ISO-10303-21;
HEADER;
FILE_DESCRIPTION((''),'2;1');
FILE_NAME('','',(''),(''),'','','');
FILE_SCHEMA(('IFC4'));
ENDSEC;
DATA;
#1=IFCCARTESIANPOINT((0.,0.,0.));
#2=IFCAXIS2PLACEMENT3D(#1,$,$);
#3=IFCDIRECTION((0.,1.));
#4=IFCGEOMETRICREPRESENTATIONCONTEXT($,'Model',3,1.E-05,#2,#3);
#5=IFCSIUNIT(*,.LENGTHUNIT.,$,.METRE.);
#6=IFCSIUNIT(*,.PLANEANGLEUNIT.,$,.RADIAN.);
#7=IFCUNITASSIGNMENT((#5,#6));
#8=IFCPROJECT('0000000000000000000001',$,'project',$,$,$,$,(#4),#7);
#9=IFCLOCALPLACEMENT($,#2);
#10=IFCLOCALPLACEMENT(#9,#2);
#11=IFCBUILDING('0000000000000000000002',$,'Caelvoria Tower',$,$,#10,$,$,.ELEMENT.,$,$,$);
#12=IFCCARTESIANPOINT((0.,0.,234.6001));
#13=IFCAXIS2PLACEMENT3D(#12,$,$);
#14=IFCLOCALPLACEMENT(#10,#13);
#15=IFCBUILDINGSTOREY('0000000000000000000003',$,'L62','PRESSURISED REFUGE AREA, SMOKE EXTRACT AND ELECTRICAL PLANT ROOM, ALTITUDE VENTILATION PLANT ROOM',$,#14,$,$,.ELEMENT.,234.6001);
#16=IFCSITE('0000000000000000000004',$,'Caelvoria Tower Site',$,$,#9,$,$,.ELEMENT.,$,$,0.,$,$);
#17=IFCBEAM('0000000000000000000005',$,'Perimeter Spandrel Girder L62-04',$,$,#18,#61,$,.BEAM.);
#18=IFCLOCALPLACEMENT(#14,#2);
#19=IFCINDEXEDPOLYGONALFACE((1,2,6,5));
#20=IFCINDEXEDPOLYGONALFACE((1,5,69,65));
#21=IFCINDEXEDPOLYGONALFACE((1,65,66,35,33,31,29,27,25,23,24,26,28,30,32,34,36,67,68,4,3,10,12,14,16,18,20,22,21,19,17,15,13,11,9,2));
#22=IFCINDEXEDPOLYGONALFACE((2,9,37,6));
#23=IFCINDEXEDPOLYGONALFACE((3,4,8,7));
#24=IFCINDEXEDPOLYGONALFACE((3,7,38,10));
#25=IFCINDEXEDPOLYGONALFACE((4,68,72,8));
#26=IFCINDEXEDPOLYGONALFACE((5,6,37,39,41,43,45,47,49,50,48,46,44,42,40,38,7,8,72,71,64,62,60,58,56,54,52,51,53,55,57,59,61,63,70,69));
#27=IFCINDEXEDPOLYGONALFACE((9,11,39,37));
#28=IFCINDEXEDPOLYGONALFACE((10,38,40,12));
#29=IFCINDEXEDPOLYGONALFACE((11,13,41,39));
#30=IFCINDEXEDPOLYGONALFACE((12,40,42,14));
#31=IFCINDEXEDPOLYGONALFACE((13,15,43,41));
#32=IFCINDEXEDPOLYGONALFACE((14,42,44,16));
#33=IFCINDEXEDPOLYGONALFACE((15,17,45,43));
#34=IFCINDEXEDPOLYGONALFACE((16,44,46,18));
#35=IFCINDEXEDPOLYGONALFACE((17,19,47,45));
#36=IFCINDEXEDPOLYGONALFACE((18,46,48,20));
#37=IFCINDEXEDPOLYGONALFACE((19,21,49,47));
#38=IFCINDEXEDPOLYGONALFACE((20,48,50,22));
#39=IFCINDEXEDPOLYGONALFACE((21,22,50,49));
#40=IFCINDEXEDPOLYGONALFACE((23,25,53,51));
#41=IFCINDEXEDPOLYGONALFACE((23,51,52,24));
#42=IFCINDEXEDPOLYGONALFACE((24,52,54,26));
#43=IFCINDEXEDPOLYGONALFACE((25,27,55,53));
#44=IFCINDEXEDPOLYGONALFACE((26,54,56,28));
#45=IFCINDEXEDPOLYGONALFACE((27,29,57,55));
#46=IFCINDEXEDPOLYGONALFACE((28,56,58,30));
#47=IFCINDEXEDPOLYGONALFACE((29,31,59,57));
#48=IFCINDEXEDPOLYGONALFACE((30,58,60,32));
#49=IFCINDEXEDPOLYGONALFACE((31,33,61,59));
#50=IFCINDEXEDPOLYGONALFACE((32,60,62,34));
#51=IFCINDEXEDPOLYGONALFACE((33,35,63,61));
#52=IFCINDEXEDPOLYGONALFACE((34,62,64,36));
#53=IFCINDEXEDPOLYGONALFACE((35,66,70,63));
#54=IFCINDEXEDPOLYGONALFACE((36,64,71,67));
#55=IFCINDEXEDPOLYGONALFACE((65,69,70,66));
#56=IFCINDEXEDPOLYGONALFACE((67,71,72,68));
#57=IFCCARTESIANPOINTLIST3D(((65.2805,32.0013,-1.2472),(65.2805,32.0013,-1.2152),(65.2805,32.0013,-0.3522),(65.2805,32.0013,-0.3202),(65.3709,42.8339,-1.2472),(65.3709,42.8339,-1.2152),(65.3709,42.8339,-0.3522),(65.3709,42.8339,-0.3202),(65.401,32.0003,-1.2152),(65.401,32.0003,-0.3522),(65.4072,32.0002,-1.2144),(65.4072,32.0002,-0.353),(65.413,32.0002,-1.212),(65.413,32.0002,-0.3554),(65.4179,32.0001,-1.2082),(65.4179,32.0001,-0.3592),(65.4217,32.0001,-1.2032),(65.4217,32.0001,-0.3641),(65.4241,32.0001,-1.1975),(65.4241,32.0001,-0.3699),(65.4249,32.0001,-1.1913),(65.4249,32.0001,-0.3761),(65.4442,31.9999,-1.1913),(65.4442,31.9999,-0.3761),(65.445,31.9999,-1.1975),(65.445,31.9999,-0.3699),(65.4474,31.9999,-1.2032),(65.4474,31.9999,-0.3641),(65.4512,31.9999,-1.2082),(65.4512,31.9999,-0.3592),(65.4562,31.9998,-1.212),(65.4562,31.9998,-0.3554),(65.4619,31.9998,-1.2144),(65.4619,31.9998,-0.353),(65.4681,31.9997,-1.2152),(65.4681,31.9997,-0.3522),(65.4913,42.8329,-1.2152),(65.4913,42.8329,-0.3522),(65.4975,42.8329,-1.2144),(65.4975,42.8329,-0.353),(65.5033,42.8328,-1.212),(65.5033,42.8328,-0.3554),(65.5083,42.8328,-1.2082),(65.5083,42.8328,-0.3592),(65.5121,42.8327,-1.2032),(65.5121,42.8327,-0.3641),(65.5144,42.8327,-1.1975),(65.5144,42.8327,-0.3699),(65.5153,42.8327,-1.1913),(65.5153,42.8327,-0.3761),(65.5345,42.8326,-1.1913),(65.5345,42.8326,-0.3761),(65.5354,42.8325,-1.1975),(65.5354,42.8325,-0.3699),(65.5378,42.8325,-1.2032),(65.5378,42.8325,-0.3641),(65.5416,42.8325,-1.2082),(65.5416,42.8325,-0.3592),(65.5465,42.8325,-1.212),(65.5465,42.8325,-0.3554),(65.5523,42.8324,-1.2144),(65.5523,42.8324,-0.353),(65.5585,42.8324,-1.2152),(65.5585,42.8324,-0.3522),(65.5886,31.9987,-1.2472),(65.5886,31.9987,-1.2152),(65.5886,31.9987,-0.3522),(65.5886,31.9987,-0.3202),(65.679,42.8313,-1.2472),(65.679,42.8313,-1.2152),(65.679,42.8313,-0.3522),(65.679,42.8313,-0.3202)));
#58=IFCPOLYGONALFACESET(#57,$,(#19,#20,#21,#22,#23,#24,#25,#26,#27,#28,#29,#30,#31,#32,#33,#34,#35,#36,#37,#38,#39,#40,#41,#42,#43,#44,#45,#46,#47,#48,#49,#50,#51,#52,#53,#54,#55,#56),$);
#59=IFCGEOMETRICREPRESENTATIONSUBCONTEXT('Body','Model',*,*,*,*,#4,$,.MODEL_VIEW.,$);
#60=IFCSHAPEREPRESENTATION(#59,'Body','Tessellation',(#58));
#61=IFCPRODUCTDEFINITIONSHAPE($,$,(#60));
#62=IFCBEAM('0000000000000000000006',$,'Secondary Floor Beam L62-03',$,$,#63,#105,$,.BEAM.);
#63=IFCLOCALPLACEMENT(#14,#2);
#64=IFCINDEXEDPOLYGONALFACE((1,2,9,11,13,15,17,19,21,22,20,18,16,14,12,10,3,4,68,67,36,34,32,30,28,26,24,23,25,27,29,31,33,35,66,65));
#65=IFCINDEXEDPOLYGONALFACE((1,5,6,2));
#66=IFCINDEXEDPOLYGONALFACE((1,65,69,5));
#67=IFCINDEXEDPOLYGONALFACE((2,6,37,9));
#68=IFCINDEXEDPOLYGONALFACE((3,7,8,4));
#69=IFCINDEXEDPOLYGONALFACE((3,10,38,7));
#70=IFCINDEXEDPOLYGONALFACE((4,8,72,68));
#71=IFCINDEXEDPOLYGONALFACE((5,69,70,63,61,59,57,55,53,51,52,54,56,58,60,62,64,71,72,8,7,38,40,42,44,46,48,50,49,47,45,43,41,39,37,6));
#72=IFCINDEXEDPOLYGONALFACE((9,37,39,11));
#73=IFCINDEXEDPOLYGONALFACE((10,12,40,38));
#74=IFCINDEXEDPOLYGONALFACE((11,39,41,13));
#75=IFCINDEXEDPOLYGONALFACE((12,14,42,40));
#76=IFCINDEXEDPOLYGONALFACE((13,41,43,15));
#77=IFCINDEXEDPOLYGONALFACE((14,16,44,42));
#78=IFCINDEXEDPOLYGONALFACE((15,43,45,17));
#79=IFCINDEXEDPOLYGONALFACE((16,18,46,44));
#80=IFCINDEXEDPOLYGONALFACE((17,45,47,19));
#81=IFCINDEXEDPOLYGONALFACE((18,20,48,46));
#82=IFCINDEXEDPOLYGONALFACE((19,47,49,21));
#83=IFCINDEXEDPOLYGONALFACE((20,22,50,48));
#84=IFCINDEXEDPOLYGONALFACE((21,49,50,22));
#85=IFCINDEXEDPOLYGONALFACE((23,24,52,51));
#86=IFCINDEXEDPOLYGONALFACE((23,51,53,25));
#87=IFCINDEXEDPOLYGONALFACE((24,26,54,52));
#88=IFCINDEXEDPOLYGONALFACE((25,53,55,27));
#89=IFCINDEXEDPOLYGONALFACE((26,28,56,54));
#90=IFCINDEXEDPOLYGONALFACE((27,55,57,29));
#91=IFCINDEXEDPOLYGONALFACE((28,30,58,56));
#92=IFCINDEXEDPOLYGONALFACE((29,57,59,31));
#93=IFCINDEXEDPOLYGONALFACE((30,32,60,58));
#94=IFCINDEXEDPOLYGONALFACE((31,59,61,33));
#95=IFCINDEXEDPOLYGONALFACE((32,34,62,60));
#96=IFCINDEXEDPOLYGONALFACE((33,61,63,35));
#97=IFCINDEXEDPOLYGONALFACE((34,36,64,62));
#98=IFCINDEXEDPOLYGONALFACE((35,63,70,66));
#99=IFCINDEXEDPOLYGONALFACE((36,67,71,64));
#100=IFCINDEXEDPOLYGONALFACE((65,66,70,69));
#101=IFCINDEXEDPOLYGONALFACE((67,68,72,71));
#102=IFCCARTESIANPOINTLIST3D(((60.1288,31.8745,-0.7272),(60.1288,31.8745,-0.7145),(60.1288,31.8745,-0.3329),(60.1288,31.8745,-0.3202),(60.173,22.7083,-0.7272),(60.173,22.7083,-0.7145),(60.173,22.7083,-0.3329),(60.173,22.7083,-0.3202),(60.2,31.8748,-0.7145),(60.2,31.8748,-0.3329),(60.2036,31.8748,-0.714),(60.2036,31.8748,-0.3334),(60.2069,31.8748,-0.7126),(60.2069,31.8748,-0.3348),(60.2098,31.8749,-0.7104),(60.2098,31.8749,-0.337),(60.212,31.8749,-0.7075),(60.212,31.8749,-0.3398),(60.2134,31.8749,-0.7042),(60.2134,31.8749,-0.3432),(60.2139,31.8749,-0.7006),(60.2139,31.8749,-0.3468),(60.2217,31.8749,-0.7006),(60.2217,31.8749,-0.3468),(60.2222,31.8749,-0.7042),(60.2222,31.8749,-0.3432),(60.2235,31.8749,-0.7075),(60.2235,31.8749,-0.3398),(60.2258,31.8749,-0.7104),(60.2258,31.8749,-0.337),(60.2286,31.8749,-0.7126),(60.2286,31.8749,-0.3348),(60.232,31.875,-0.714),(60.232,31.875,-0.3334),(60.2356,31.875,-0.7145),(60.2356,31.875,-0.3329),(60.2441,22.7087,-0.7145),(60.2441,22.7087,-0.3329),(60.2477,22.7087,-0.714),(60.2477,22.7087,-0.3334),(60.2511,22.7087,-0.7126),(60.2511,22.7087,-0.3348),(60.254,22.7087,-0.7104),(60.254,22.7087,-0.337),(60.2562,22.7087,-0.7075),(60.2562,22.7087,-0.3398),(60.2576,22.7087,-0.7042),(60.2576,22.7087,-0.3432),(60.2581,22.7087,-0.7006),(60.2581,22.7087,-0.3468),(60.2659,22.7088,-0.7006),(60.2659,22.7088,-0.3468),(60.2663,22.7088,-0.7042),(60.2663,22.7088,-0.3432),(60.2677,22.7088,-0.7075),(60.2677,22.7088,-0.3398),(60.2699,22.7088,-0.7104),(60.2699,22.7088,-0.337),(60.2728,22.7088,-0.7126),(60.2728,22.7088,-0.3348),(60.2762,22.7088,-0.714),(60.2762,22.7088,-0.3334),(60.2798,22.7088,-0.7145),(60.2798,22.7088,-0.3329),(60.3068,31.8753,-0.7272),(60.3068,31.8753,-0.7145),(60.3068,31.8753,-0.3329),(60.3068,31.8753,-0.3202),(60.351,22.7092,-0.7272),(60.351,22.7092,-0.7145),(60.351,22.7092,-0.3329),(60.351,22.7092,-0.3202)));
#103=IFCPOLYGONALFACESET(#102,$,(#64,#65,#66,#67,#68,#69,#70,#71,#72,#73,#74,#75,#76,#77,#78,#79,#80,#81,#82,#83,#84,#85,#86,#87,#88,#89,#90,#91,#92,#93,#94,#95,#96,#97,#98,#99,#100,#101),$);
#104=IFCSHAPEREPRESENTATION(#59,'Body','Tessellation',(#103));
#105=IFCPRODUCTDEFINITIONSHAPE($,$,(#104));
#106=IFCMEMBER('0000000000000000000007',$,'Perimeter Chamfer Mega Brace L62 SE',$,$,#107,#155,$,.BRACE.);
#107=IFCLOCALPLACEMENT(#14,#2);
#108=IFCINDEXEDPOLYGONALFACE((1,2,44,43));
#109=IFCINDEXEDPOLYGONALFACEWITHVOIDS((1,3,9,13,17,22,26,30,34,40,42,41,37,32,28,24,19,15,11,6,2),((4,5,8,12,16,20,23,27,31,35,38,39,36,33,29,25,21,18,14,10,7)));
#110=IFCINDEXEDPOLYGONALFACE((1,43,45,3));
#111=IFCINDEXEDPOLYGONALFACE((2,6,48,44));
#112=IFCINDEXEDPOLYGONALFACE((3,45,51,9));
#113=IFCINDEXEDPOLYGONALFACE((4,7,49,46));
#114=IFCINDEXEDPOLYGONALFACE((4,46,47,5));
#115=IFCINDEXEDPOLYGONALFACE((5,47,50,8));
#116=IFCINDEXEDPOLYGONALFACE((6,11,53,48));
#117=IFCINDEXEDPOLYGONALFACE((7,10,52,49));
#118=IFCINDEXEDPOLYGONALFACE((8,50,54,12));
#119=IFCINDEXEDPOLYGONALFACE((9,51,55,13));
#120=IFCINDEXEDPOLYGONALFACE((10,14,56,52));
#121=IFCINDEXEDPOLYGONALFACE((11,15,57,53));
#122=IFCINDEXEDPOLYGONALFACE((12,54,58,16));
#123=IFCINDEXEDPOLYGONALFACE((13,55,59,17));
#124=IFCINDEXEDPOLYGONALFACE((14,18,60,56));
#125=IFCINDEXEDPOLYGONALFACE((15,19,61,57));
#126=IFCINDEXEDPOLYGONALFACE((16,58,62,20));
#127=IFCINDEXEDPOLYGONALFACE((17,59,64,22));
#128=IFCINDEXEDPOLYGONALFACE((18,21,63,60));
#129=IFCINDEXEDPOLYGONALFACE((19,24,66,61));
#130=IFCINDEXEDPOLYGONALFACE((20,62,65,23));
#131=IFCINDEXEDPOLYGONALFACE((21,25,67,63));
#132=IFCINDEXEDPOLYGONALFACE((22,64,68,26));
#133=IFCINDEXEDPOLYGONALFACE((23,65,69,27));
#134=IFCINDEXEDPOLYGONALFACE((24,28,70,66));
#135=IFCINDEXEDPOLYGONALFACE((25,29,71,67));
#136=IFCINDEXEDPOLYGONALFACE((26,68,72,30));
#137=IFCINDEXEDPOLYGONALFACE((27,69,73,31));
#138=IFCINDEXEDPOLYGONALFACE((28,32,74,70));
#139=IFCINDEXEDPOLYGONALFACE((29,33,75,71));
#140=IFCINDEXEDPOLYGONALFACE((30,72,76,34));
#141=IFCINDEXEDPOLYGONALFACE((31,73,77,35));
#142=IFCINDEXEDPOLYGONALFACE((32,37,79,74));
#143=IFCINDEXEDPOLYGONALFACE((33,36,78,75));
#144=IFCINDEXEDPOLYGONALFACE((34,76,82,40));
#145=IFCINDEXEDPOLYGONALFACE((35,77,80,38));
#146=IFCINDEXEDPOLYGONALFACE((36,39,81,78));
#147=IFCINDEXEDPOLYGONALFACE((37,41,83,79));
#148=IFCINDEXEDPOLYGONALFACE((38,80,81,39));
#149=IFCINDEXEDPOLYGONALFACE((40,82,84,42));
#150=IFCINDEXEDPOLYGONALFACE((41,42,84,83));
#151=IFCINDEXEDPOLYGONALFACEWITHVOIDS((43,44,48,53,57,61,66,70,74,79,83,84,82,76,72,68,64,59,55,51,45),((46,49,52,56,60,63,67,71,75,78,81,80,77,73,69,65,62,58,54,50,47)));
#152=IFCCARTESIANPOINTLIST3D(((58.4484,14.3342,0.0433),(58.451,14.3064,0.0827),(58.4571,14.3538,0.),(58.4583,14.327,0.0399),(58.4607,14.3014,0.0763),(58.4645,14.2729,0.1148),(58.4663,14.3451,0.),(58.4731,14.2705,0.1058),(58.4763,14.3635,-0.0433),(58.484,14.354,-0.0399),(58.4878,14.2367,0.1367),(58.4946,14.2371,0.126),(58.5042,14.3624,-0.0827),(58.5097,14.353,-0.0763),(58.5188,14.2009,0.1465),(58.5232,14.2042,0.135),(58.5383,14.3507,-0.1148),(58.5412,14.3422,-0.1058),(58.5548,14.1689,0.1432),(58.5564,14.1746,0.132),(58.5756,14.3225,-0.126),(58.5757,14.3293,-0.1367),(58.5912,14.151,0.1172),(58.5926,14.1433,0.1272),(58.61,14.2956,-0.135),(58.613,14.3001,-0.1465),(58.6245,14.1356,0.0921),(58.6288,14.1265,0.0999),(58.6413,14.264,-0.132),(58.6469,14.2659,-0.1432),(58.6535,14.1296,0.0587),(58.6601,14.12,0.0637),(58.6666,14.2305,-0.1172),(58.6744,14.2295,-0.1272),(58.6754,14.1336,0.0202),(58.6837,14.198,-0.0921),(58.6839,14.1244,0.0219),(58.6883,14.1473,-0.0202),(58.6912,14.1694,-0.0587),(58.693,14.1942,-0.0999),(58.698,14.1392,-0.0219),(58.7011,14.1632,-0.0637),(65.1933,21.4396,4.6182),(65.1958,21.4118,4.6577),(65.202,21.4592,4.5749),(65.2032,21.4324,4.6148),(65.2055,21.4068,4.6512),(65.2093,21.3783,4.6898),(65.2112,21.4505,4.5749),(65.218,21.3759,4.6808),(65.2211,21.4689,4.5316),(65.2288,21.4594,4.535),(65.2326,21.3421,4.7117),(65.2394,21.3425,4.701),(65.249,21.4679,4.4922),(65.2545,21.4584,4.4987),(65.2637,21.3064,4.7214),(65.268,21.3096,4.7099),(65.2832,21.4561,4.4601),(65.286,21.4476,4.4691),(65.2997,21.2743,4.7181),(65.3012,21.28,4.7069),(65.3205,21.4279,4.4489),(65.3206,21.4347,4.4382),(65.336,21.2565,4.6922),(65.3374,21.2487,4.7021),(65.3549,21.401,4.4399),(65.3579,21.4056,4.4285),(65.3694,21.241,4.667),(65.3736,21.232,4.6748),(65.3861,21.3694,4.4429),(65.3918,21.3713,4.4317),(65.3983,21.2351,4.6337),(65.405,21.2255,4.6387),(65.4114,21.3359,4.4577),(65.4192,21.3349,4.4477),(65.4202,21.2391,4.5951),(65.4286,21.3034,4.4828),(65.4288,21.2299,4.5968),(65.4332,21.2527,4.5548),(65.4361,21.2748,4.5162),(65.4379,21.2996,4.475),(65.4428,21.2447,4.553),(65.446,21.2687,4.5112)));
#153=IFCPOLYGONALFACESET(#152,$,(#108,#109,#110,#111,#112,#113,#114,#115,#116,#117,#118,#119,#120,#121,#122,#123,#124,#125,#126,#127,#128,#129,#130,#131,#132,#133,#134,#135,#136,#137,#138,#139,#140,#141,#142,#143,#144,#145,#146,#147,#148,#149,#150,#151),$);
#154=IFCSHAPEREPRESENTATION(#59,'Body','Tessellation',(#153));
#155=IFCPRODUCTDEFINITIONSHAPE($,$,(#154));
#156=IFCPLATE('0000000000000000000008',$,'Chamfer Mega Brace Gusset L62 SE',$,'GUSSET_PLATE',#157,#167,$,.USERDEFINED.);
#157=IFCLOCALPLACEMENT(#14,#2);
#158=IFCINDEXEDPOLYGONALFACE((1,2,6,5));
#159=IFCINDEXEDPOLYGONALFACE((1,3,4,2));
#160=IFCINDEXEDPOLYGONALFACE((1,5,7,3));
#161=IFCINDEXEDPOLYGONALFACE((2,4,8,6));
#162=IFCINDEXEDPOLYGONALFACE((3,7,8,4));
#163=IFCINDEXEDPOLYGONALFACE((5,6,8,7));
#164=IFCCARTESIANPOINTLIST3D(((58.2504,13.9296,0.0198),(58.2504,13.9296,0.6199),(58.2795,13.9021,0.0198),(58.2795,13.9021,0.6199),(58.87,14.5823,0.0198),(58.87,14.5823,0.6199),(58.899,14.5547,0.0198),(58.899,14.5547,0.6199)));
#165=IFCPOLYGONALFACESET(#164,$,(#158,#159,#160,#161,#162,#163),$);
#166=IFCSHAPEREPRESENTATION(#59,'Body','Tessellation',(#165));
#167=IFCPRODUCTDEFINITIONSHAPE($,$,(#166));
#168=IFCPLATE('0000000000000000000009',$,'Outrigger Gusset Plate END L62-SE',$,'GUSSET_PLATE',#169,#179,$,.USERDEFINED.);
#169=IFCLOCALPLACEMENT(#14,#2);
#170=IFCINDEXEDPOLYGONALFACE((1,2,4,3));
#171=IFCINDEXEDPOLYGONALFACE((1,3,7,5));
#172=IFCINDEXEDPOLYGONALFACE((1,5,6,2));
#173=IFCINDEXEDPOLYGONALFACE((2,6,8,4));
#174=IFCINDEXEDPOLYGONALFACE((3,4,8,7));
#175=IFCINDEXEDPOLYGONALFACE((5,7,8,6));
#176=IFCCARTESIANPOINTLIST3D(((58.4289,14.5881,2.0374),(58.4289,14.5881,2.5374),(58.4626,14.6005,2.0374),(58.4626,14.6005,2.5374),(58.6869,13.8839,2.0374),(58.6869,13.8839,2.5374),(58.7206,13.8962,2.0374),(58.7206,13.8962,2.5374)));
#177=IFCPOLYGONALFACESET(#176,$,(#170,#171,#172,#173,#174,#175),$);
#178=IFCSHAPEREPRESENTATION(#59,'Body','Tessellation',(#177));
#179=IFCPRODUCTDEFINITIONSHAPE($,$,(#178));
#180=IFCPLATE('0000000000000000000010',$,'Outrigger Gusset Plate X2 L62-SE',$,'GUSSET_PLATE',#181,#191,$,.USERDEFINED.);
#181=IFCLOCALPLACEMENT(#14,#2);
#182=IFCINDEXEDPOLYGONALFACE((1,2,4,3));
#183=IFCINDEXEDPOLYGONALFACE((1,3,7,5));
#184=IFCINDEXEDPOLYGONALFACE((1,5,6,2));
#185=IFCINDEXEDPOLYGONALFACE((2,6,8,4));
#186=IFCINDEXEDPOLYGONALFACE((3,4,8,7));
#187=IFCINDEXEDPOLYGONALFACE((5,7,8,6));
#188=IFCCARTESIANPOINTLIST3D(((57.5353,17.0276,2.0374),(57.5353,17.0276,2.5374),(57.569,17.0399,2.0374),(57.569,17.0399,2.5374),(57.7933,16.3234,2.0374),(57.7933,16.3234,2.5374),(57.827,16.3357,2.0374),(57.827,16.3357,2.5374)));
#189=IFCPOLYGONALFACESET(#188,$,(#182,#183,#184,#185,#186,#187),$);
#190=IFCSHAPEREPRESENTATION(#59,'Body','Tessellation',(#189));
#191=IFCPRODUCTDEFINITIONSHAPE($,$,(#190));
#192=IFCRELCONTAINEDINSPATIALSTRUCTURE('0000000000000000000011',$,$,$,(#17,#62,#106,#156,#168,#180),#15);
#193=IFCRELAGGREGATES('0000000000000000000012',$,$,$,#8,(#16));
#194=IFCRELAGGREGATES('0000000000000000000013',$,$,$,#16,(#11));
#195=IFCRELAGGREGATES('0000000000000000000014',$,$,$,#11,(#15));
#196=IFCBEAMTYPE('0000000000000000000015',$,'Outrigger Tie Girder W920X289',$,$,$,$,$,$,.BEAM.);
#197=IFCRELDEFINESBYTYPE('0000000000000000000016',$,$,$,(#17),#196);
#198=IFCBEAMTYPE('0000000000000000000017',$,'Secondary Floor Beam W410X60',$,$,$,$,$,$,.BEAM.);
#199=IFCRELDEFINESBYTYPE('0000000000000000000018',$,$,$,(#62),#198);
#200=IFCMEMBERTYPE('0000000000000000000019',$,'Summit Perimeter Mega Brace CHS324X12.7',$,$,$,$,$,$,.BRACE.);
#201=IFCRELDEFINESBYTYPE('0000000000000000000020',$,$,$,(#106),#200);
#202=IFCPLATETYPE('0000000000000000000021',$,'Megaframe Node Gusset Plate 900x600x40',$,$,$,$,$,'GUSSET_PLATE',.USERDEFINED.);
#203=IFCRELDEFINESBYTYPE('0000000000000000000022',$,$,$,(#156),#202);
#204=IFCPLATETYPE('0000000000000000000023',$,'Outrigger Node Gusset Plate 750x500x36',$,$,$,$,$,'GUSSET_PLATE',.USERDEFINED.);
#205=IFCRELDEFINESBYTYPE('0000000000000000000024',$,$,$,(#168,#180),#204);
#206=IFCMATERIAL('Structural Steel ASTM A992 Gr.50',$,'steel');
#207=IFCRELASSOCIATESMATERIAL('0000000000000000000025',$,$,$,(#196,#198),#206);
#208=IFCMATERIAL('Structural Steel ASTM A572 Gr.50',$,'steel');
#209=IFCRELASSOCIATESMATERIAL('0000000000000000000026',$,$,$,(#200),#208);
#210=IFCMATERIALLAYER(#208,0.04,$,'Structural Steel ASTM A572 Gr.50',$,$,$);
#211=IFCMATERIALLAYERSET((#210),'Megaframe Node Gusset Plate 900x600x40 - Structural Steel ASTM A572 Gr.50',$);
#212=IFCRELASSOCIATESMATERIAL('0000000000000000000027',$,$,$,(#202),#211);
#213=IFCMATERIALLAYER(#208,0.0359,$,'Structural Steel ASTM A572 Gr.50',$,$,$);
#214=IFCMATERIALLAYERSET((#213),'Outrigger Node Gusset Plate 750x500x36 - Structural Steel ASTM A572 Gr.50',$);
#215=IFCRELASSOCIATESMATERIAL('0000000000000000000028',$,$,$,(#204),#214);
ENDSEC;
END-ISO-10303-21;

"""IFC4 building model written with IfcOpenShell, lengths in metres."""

from ifc_helpers import new_model, si_unit, direction, frame, origin, origin_2d, place, context, subcontext, project, spatial, rectangle, hollow_circle, i_section, extrude, material, layer, layer_set, material_profile, profile_set, type_object, element, save


model = new_model("IFC4")

# Units and contexts
model_context = context("Model", 3, precision=1e-05, world=origin(), true_north=direction((0.0, 1.0)))
body_context = subcontext(model_context, "Body", "Model", "MODEL_VIEW")
ifc_project = project(units=[si_unit("LENGTHUNIT", "METRE"), si_unit("PLANEANGLEUNIT", "RADIAN")], contexts=[model_context])

# Site, building, storey
site_placement = place(None, origin())
site = spatial("IfcSite", under=ifc_project, at=site_placement, Name="Caelvoria Tower Site", CompositionType="ELEMENT", RefElevation=0.0)
building_placement = place(site_placement, origin())
building = spatial("IfcBuilding", under=site, at=building_placement, Name="Caelvoria Tower", CompositionType="ELEMENT")
storey_placement = place(building_placement, frame((0.0, 0.0, 234.6001)))
storey = spatial("IfcBuildingStorey", under=building, at=storey_placement, Name="L62", Description="PRESSURISED REFUGE AREA, SMOKE EXTRACT AND ELECTRICAL PLANT ROOM, ALTITUDE VENTILATION PLANT ROOM", CompositionType="ELEMENT", Elevation=234.6001)

# Shared definitions
ifc_material_1 = material(Name="Structural Steel ASTM A572 Gr.50", Category="steel")
ifc_material_2 = material(Name="Structural Steel ASTM A992 Gr.50", Category="steel")

# Beams
ifc_material_profile_1 = material_profile(ifc_material_2, i_section(OverallWidth=0.3081, OverallDepth=0.927, WebThickness=0.0193, FlangeThickness=0.032, FilletRadius=0.0239, at=origin_2d()), Name="Structural Steel ASTM A992 Gr.50")
ifc_profile_set_1 = profile_set([ifc_material_profile_1], Name="W920X289 - Structural Steel ASTM A992 Gr.50")
beam_type_1 = type_object("IfcBeamType", Name="Outrigger Tie Girder W920X289", PredefinedType="BEAM", material=ifc_profile_set_1)
for number, where, z_axis, x_axis, name in (
    (1, (65.4346, 32.0, -0.7837), (0.008339, 0.999965, 0.0), (-0.999965, 0.008339, 0.0), "Perimeter Spandrel Girder L62-04"),
):
    element("IfcBeam", number, at=place(storey_placement, frame(where, z_axis=z_axis, x_axis=x_axis)), inside=storey, type_object=beam_type_1, Name=name, PredefinedType="BEAM", context=body_context, shape_type="SweptSolid", body=[
        extrude(i_section(OverallWidth=0.3081, OverallDepth=0.927, WebThickness=0.0193, FlangeThickness=0.032, FilletRadius=0.0239, at=origin_2d()), origin(), (0.0, 0.0, 1.0), 10.833),
    ])
ifc_material_profile_2 = material_profile(ifc_material_2, i_section(OverallWidth=0.178, OverallDepth=0.407, WebThickness=0.0078, FlangeThickness=0.0127, FilletRadius=0.0139, at=origin_2d()), Name="Structural Steel ASTM A992 Gr.50")
ifc_profile_set_2 = profile_set([ifc_material_profile_2], Name="W410X60 - Structural Steel ASTM A992 Gr.50")
beam_type_2 = type_object("IfcBeamType", Name="Secondary Floor Beam W410X60", PredefinedType="BEAM", material=ifc_profile_set_2)
beam_1_placement = place(storey_placement, frame((60.262, 22.7087, -0.5237), z_axis=(-0.004821, 0.999988, 0.0), x_axis=(-0.999988, -0.004821, 0.0)))
element("IfcBeam", 2, at=beam_1_placement, inside=storey, type_object=beam_type_2, Name="Secondary Floor Beam L62-03", PredefinedType="BEAM", context=body_context, shape_type="SweptSolid", body=[
    extrude(i_section(OverallWidth=0.178, OverallDepth=0.407, WebThickness=0.0078, FlangeThickness=0.0127, FilletRadius=0.0139, at=origin_2d()), origin(), (0.0, 0.0, 1.0), 9.1663),
])

# Member
ifc_material_profile_3 = material_profile(ifc_material_1, hollow_circle(Radius=0.1621, WallThickness=0.0127, at=origin_2d()), Name="Structural Steel ASTM A572 Gr.50")
ifc_profile_set_3 = profile_set([ifc_material_profile_3], Name="CHS324X12.7 - Structural Steel ASTM A572 Gr.50")
member_type_1 = type_object("IfcMemberType", Name="Summit Perimeter Mega Brace CHS324X12.7", PredefinedType="BRACE", material=ifc_profile_set_3)
member_1_placement = place(storey_placement, frame((58.5747, 14.2422, 0.0), z_axis=(0.623801, 0.65715, 0.423115), x_axis=(-0.725271, 0.688464, 0.0)))
element("IfcMember", 3, at=member_1_placement, inside=storey, type_object=member_type_1, Name="Perimeter Chamfer Mega Brace L62 SE", PredefinedType="BRACE", context=body_context, shape_type="SweptSolid", body=[
    extrude(hollow_circle(Radius=0.1621, WallThickness=0.0127, at=origin_2d()), origin(), (0.0, 0.0, 1.0), 10.8125),
])

# Plates
ifc_layer_1 = layer(ifc_material_1, 0.04, Name="Structural Steel ASTM A572 Gr.50")
ifc_layer_set_1 = layer_set([ifc_layer_1], Name="Megaframe Node Gusset Plate 900x600x40 - Structural Steel ASTM A572 Gr.50")
plate_type_1 = type_object("IfcPlateType", Name="Megaframe Node Gusset Plate 900x600x40", ElementType="GUSSET_PLATE", PredefinedType="USERDEFINED", material=ifc_layer_set_1)
plate_placement = place(storey_placement, frame((58.5747, 14.2422, 0.0198), z_axis=(0.0, 0.0, 1.0), x_axis=(0.688453, 0.725281, 0.0)))
element("IfcPlate", 4, at=plate_placement, inside=storey, type_object=plate_type_1, Name="Chamfer Mega Brace Gusset L62 SE", ObjectType="GUSSET_PLATE", PredefinedType="USERDEFINED", context=body_context, shape_type="SweptSolid", body=[
    extrude(rectangle(XDim=0.8999, YDim=0.04, at=origin_2d()), origin(), (0.0, 0.0, 1.0), 0.6001),
])
ifc_layer_2 = layer(ifc_material_1, 0.0359, Name="Structural Steel ASTM A572 Gr.50")
ifc_layer_set_2 = layer_set([ifc_layer_2], Name="Outrigger Node Gusset Plate 750x500x36 - Structural Steel ASTM A572 Gr.50")
plate_type_2 = type_object("IfcPlateType", Name="Outrigger Node Gusset Plate 750x500x36", ElementType="GUSSET_PLATE", PredefinedType="USERDEFINED", material=ifc_layer_set_2)
for number, where, z_axis, x_axis, name in (
    (5, (58.5747, 14.2422, 2.0374), (0.0, 0.0, 1.0), (0.343992, -0.938972, 0.0), "Outrigger Gusset Plate END L62-SE"),
    (6, (57.6812, 16.6816, 2.0374), (0.0, 0.0, 1.0), (0.343992, -0.938972, 0.0), "Outrigger Gusset Plate X2 L62-SE"),
):
    element("IfcPlate", number, at=place(storey_placement, frame(where, z_axis=z_axis, x_axis=x_axis)), inside=storey, type_object=plate_type_2, Name=name, ObjectType="GUSSET_PLATE", PredefinedType="USERDEFINED", context=body_context, shape_type="SweptSolid", body=[
        extrude(rectangle(XDim=0.75, YDim=0.0359, at=origin_2d()), origin(), (0.0, 0.0, 1.0), 0.5),
    ])

save(model, "model.ifc")
